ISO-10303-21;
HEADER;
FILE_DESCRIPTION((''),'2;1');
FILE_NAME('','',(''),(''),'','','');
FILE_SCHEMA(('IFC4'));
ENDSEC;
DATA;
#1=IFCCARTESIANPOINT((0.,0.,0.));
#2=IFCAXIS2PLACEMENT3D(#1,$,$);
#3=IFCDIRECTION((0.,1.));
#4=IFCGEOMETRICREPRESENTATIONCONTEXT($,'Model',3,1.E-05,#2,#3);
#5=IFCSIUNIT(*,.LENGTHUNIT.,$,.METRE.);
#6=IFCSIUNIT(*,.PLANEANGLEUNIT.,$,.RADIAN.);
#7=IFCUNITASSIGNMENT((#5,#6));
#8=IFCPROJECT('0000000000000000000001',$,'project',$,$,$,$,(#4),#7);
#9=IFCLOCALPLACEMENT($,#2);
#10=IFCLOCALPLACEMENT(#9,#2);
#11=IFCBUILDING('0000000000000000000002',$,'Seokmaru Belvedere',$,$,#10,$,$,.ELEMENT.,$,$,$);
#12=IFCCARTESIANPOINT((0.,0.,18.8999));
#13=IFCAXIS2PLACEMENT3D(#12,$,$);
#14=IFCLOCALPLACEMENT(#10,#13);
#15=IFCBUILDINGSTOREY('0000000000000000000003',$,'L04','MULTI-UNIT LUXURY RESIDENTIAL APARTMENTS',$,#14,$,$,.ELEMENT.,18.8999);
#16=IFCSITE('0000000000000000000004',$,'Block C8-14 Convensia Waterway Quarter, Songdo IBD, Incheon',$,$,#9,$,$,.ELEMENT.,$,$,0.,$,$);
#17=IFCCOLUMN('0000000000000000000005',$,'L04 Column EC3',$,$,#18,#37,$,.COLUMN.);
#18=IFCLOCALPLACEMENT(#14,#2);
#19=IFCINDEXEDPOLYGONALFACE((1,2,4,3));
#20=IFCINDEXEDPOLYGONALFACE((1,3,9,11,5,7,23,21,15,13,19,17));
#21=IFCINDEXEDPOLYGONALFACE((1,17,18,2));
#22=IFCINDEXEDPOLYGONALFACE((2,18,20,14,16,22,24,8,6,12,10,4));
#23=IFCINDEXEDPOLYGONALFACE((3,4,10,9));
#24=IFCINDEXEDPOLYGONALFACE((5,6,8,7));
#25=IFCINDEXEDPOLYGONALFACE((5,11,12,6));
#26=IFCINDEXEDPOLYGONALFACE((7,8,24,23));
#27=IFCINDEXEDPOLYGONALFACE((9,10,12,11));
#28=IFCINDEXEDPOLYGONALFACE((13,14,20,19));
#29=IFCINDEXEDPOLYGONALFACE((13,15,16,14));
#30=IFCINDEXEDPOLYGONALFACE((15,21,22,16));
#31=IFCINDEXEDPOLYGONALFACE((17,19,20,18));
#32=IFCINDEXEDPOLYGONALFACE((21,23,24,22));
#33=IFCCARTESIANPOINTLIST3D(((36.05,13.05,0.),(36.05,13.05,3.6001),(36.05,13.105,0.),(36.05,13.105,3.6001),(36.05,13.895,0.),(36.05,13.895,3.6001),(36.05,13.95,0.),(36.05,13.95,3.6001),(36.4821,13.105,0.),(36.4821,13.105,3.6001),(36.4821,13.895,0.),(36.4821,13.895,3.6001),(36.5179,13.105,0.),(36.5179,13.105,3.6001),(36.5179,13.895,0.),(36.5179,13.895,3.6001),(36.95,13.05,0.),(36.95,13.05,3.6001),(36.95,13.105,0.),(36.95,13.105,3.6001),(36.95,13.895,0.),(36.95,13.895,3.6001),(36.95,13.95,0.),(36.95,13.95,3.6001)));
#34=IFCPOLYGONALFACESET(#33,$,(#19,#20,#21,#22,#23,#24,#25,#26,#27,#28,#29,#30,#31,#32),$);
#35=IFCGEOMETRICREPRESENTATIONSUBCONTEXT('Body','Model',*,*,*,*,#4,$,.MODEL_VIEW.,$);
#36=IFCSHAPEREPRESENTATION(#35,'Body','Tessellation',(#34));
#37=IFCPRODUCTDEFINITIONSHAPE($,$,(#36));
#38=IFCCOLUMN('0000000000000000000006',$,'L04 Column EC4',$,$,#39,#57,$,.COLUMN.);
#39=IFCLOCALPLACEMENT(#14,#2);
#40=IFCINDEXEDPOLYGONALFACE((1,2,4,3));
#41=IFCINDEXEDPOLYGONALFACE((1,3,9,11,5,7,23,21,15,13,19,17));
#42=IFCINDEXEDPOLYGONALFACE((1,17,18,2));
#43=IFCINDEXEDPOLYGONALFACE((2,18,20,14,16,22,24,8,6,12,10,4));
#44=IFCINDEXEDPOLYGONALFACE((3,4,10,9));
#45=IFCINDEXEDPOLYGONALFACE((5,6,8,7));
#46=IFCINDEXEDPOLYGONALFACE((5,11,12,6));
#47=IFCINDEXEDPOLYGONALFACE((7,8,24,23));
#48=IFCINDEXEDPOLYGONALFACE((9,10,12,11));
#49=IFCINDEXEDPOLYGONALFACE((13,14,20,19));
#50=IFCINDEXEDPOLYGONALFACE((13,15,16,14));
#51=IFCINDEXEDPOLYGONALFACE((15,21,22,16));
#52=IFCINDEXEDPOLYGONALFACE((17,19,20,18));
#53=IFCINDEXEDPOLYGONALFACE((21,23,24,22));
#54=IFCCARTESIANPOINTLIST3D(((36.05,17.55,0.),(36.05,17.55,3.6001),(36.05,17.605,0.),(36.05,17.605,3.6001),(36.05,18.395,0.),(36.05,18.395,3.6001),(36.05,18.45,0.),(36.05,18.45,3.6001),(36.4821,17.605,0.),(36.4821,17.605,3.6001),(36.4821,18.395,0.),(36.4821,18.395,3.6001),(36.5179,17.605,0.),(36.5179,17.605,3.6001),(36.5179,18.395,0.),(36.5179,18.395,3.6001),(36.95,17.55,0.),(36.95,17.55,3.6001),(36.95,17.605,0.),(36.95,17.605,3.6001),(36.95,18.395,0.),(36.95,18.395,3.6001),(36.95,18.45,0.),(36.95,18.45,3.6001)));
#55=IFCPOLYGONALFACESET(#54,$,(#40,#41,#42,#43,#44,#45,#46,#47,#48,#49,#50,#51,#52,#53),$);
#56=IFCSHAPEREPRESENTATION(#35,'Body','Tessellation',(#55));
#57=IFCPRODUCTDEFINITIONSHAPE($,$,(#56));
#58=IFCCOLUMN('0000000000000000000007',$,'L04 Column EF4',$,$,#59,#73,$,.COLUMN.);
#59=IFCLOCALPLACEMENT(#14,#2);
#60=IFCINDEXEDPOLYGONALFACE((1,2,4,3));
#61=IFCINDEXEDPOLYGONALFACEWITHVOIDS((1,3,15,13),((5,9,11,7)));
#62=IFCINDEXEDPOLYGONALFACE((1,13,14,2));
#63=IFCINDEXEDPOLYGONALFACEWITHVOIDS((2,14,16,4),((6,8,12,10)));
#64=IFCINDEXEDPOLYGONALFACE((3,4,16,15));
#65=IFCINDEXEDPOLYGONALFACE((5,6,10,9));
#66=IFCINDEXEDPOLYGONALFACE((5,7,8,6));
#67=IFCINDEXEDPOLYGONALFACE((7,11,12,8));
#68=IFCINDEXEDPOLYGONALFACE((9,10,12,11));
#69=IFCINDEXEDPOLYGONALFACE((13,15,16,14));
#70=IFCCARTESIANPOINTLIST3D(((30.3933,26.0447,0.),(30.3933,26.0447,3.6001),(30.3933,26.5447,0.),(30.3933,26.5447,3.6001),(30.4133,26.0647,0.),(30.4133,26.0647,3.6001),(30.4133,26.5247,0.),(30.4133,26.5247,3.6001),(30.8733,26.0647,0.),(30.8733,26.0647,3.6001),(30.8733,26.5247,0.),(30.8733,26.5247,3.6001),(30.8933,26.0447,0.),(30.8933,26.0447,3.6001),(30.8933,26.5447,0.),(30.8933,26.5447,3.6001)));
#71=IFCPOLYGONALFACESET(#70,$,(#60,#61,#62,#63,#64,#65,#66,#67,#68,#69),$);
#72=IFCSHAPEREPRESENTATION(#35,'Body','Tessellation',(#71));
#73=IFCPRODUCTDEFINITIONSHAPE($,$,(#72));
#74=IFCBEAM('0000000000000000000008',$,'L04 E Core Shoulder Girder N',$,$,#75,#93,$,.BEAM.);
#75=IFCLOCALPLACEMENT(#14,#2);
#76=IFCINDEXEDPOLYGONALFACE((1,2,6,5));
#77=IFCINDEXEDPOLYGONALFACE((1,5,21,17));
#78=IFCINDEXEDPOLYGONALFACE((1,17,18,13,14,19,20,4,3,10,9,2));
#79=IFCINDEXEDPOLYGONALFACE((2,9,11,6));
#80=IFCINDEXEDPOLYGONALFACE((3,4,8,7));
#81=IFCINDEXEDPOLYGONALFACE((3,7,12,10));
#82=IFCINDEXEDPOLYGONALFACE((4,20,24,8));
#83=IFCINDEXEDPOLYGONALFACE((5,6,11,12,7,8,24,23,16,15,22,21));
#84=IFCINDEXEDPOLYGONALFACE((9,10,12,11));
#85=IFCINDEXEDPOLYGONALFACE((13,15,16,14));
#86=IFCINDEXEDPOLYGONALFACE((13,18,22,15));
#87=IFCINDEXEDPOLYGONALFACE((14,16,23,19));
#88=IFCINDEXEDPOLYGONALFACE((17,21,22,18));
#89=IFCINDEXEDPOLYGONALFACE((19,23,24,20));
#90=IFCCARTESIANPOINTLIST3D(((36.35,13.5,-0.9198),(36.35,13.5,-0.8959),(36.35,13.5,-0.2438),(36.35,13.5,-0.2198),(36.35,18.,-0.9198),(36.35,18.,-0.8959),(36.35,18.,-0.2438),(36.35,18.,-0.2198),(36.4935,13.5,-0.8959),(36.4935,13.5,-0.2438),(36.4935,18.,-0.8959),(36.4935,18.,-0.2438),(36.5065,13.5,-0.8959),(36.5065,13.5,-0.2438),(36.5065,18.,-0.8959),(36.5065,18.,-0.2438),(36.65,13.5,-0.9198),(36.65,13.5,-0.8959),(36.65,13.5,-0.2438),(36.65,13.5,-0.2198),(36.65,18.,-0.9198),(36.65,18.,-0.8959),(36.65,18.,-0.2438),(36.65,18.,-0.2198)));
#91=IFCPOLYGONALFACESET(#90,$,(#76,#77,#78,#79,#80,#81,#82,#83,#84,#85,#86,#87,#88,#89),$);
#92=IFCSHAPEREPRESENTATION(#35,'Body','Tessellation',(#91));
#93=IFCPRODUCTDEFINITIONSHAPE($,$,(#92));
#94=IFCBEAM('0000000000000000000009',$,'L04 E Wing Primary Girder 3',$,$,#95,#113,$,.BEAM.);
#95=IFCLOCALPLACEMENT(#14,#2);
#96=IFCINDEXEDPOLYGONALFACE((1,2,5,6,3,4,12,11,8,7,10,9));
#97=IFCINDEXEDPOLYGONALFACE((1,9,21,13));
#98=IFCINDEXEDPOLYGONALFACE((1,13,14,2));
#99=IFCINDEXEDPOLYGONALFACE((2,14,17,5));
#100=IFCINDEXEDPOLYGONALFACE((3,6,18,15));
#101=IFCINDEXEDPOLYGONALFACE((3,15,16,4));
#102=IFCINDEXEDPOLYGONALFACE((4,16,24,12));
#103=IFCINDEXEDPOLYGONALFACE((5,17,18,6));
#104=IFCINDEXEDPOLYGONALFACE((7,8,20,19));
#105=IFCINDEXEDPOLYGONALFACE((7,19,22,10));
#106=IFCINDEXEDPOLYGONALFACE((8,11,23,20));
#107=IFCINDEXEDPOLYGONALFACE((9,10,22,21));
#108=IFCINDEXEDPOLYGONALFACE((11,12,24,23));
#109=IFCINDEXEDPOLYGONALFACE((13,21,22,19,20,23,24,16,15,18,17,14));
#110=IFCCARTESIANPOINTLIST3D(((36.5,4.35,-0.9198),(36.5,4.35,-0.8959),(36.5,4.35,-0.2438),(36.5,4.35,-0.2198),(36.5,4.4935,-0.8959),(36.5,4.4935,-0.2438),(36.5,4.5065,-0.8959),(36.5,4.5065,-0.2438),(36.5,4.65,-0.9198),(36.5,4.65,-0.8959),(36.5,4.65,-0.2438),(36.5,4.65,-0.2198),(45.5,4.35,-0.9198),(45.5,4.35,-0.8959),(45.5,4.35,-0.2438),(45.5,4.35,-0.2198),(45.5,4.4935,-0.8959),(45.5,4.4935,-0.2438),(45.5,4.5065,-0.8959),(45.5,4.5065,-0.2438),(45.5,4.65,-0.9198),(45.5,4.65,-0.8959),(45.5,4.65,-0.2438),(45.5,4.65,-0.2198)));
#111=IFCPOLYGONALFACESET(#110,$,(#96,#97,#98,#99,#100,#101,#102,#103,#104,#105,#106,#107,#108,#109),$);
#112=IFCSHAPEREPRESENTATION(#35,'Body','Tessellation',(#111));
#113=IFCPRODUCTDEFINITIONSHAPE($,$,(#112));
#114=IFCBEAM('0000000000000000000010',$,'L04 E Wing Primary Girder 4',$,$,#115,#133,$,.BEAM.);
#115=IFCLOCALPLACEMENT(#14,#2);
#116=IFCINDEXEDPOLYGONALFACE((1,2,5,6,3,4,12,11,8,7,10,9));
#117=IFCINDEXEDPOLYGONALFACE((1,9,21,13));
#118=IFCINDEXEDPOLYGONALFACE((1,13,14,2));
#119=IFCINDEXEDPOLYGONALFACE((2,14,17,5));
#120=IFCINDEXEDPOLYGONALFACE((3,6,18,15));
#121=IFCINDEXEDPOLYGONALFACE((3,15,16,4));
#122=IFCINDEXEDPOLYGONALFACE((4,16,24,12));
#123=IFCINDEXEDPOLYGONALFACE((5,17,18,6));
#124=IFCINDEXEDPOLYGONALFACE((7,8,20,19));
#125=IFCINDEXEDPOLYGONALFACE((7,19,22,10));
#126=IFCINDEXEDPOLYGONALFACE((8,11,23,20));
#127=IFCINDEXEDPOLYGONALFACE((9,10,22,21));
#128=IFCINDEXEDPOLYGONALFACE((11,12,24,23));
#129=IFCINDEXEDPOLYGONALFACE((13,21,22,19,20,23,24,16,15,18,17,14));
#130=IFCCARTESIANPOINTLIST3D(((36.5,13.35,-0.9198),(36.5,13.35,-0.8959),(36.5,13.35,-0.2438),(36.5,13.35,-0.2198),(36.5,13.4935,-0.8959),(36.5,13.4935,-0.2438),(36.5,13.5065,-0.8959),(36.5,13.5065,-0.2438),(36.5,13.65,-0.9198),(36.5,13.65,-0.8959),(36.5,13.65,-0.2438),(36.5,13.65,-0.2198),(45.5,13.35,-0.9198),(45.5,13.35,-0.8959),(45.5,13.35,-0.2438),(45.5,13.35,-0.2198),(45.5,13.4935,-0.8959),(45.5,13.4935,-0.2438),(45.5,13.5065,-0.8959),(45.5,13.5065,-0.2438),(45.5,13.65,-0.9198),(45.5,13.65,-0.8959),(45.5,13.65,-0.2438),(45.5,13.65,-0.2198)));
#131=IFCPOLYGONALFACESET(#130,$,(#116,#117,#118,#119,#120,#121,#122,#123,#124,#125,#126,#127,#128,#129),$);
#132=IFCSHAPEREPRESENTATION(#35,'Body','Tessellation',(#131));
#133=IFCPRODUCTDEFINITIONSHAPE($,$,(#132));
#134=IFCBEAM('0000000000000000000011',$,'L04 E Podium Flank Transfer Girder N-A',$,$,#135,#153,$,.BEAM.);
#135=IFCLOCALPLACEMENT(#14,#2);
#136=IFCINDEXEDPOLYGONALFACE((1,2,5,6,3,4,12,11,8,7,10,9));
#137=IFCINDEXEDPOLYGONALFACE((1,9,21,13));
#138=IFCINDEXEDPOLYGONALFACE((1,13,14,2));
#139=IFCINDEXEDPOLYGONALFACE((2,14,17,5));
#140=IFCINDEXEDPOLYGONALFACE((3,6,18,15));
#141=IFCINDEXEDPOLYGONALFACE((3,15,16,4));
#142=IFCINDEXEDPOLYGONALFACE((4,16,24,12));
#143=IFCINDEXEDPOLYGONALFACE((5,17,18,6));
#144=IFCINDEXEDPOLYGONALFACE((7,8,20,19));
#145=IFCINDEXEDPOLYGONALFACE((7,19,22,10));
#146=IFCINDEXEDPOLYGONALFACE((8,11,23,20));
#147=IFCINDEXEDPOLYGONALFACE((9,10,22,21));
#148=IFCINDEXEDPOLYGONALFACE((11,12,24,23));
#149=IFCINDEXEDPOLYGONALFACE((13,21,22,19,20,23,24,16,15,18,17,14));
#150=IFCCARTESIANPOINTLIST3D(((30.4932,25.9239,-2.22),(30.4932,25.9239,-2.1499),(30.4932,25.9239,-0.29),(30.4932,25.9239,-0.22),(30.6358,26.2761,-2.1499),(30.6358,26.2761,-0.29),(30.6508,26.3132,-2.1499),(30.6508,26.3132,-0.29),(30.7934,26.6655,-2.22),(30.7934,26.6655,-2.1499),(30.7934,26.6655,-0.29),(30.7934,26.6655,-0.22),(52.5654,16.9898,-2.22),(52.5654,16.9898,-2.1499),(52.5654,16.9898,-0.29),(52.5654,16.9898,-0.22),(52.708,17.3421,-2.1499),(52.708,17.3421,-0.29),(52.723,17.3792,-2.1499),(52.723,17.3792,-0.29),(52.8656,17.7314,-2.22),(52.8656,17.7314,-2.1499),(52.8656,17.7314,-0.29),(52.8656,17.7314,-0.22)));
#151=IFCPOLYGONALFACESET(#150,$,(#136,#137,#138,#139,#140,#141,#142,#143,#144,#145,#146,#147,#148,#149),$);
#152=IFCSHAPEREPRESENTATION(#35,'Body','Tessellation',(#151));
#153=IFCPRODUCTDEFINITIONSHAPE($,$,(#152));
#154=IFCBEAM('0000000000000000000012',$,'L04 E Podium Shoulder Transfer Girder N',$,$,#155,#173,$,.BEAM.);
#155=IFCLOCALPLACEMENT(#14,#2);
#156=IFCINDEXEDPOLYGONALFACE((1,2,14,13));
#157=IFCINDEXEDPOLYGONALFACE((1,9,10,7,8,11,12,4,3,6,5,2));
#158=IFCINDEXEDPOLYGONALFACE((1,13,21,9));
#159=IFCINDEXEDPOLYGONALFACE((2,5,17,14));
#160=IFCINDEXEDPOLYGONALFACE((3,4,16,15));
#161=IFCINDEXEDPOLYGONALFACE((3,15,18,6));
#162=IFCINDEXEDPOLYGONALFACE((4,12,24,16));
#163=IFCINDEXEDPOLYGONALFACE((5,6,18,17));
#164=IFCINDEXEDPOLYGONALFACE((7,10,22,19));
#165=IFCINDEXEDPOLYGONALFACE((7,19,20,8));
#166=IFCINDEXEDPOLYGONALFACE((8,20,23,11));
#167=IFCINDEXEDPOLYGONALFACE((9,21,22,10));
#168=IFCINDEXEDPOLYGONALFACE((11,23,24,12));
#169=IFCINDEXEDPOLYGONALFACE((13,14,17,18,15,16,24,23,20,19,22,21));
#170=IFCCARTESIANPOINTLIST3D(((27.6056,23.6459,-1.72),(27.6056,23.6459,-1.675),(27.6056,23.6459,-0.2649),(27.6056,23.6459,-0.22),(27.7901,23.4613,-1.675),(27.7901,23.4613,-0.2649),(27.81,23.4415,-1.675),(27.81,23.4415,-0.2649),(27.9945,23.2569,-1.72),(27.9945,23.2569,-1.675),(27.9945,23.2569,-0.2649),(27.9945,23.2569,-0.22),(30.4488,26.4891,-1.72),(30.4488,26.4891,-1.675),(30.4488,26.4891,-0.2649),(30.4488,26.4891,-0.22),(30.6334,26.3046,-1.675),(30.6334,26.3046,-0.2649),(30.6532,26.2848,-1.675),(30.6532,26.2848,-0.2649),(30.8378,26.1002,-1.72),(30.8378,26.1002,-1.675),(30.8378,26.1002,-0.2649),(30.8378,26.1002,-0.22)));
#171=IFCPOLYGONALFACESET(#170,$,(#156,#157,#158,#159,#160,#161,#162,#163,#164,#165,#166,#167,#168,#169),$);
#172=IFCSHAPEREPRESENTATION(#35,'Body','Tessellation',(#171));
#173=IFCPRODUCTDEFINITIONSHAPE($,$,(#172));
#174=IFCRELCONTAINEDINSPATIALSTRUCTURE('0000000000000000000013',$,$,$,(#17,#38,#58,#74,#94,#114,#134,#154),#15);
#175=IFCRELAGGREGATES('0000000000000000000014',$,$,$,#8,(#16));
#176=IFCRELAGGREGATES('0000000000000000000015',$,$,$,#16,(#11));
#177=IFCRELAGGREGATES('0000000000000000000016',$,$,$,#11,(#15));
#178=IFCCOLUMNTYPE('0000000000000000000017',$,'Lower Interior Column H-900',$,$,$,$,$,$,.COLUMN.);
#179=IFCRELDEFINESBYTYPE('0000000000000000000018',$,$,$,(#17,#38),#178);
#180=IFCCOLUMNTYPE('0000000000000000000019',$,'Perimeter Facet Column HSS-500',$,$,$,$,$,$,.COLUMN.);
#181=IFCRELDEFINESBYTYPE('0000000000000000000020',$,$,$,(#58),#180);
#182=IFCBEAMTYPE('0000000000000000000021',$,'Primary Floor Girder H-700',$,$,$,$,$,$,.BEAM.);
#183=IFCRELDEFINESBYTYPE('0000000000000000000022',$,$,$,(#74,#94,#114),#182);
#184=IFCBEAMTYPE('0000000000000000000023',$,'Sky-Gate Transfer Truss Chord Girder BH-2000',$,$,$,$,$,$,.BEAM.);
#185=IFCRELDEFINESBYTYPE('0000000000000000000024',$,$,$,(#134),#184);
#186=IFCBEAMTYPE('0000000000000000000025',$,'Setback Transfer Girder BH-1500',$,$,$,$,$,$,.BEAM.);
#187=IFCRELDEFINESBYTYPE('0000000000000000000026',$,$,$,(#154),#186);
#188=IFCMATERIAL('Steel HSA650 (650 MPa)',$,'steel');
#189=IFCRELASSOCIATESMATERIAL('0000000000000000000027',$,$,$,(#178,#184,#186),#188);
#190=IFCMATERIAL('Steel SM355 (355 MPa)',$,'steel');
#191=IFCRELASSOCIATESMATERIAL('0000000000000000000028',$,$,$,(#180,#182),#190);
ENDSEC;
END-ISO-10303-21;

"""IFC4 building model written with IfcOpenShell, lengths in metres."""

from ifc_helpers import new_model, si_unit, direction, frame, origin, origin_2d, place, context, subcontext, project, spatial, hollow_rectangle, i_section, extrude, source, transform, mapped, material, material_profile, profile_set, type_object, type_shapes, element, save


model = new_model("IFC4")

# Units and contexts
model_context = context("Model", 3, precision=1e-05, world=origin(), true_north=direction((0.0, 1.0)))
body_context = subcontext(model_context, "Body", "Model", "MODEL_VIEW")
ifc_project = project(units=[si_unit("LENGTHUNIT", "METRE"), si_unit("PLANEANGLEUNIT", "RADIAN")], contexts=[model_context])

# Site, building, storey
site_placement = place(None, origin())
site = spatial("IfcSite", under=ifc_project, at=site_placement, Name="Block C8-14 Convensia Waterway Quarter, Songdo IBD, Incheon", CompositionType="ELEMENT", RefElevation=0.0)
building_placement = place(site_placement, origin())
building = spatial("IfcBuilding", under=site, at=building_placement, Name="Seokmaru Belvedere", CompositionType="ELEMENT")
storey_placement = place(building_placement, frame((0.0, 0.0, 18.8999)))
storey = spatial("IfcBuildingStorey", under=building, at=storey_placement, Name="L04", Description="MULTI-UNIT LUXURY RESIDENTIAL APARTMENTS", CompositionType="ELEMENT", Elevation=18.8999)

# Columns
ifc_material_1 = material(Name="Steel HSA650 (650 MPa)", Category="steel")
ifc_material_profile_1 = material_profile(ifc_material_1, i_section(OverallWidth=0.8999, OverallDepth=0.8999, WebThickness=0.0359, FlangeThickness=0.0549, at=origin_2d()), Name="H-900x900x36x55")
ifc_profile_set_1 = profile_set([ifc_material_profile_1], Name="Steel HSA650 (650 MPa)")
column_type_1 = type_object("IfcColumnType", Name="Lower Interior Column H-900", PredefinedType="COLUMN", material=ifc_profile_set_1)
shared_shape_1 = source(origin(), body_context, "Body", "SweptSolid", [
    extrude(i_section(OverallWidth=0.8999, OverallDepth=0.8999, WebThickness=0.0359, FlangeThickness=0.0549, at=origin_2d()), origin(), (0.0, 0.0, 1.0), 3.6001),
])
type_shapes(column_type_1, [shared_shape_1])
for number, where, z_axis, x_axis, name in (
    (1, (36.5, 13.5, 0.0), (0.0, 0.0, 1.0), (1.0, 0.0, 0.0), "L04 Column EC3"),
    (2, (36.5, 18.0, 0.0), (0.0, 0.0, 1.0), (1.0, 0.0, 0.0), "L04 Column EC4"),
):
    element("IfcColumn", number, at=place(storey_placement, frame(where, z_axis=z_axis, x_axis=x_axis)), inside=storey, type_object=column_type_1, Name=name, PredefinedType="COLUMN", context=body_context, shape_type="MappedRepresentation", body=[
        mapped(shared_shape_1, transform((0.0, 0.0, 0.0), scale=1.0)),
    ])
ifc_material_2 = material(Name="Steel SM355 (355 MPa)", Category="steel")
ifc_material_profile_2 = material_profile(ifc_material_2, hollow_rectangle(XDim=0.5, YDim=0.5, WallThickness=0.02, at=origin_2d()), Name="HSS-500x500x20")
ifc_profile_set_2 = profile_set([ifc_material_profile_2], Name="Steel SM355 (355 MPa)")
column_type_2 = type_object("IfcColumnType", Name="Perimeter Facet Column HSS-500", PredefinedType="COLUMN", material=ifc_profile_set_2)
shared_shape_2 = source(origin(), body_context, "Body", "SweptSolid", [
    extrude(hollow_rectangle(XDim=0.5, YDim=0.5, WallThickness=0.02, at=origin_2d()), origin(), (0.0, 0.0, 1.0), 3.6001),
])
type_shapes(column_type_2, [shared_shape_2])
column_placement = place(storey_placement, frame((30.6433, 26.2947, 0.0), z_axis=(0.0, 0.0, 1.0), x_axis=(1.0, 0.0, 0.0)))
element("IfcColumn", 3, at=column_placement, inside=storey, type_object=column_type_2, Name="L04 Column EF4", PredefinedType="COLUMN", context=body_context, shape_type="MappedRepresentation", body=[
    mapped(shared_shape_2, transform((0.0, 0.0, 0.0), scale=1.0)),
])

# Beams
ifc_material_profile_3 = material_profile(ifc_material_2, i_section(OverallWidth=0.3, OverallDepth=0.7, WebThickness=0.0129, FlangeThickness=0.0239, at=origin_2d()), Name="H-700x300x13x24")
ifc_profile_set_3 = profile_set([ifc_material_profile_3], Name="Steel SM355 (355 MPa)")
beam_type_1 = type_object("IfcBeamType", Name="Primary Floor Girder H-700", PredefinedType="BEAM", material=ifc_profile_set_3)
shared_shape_3 = source(origin(), body_context, "Body", "SweptSolid", [
    extrude(i_section(OverallWidth=0.3, OverallDepth=0.7, WebThickness=0.0129, FlangeThickness=0.0239, at=origin_2d()), origin(), (0.0, 0.0, 1.0), 4.5),
])
beam_1_placement = place(storey_placement, frame((36.5, 13.5, -0.5698), z_axis=(0.0, 1.0, 0.0), x_axis=(-1.0, 0.0, 0.0)))
element("IfcBeam", 4, at=beam_1_placement, inside=storey, type_object=beam_type_1, Name="L04 E Core Shoulder Girder N", PredefinedType="BEAM", context=body_context, shape_type="MappedRepresentation", body=[
    mapped(shared_shape_3, transform((0.0, 0.0, 0.0), scale=1.0)),
])
shared_shape_4 = source(origin(), body_context, "Body", "SweptSolid", [
    extrude(i_section(OverallWidth=0.3, OverallDepth=0.7, WebThickness=0.0129, FlangeThickness=0.0239, at=origin_2d()), origin(), (0.0, 0.0, 1.0), 9.0),
])
type_shapes(beam_type_1, [shared_shape_3, shared_shape_4])
for number, where, z_axis, x_axis, name in (
    (5, (36.5, 4.5, -0.5698), (1.0, 0.0, 0.0), (0.0, 1.0, 0.0), "L04 E Wing Primary Girder 3"),
    (6, (36.5, 13.5, -0.5698), (1.0, 0.0, 0.0), (0.0, 1.0, 0.0), "L04 E Wing Primary Girder 4"),
):
    element("IfcBeam", number, at=place(storey_placement, frame(where, z_axis=z_axis, x_axis=x_axis)), inside=storey, type_object=beam_type_1, Name=name, PredefinedType="BEAM", context=body_context, shape_type="MappedRepresentation", body=[
        mapped(shared_shape_4, transform((0.0, 0.0, 0.0), scale=1.0)),
    ])
ifc_material_profile_4 = material_profile(ifc_material_1, i_section(OverallWidth=0.8, OverallDepth=2.0, WebThickness=0.04, FlangeThickness=0.0701, at=origin_2d()), Name="BH-2000x800x40x70")
ifc_profile_set_4 = profile_set([ifc_material_profile_4], Name="Steel HSA650 (650 MPa)")
beam_type_2 = type_object("IfcBeamType", Name="Sky-Gate Transfer Truss Chord Girder BH-2000", PredefinedType="BEAM", material=ifc_profile_set_4)
shared_shape_5 = source(origin(), body_context, "Body", "SweptSolid", [
    extrude(i_section(OverallWidth=0.8, OverallDepth=2.0, WebThickness=0.04, FlangeThickness=0.0701, at=origin_2d()), origin(), (0.0, 0.0, 1.0), 23.8118),
])
type_shapes(beam_type_2, [shared_shape_5])
beam_2_placement = place(storey_placement, frame((30.6433, 26.2947, -1.22), z_axis=(0.926946, -0.375195, 0.0), x_axis=(0.375195, 0.926946, 0.0)))
element("IfcBeam", 7, at=beam_2_placement, inside=storey, type_object=beam_type_2, Name="L04 E Podium Flank Transfer Girder N-A", PredefinedType="BEAM", context=body_context, shape_type="MappedRepresentation", body=[
    mapped(shared_shape_5, transform((0.0, 0.0, 0.0), scale=1.0)),
])
ifc_material_profile_5 = material_profile(ifc_material_1, i_section(OverallWidth=0.55, OverallDepth=1.5, WebThickness=0.0281, FlangeThickness=0.0449, at=origin_2d()), Name="BH-1500x550x28x45")
ifc_profile_set_5 = profile_set([ifc_material_profile_5], Name="Steel HSA650 (650 MPa)")
beam_type_3 = type_object("IfcBeamType", Name="Setback Transfer Girder BH-1500", PredefinedType="BEAM", material=ifc_profile_set_5)
shared_shape_6 = source(origin(), body_context, "Body", "SweptSolid", [
    extrude(i_section(OverallWidth=0.55, OverallDepth=1.5, WebThickness=0.0281, FlangeThickness=0.0449, at=origin_2d()), origin(), (0.0, 0.0, 1.0), 4.021),
])
type_shapes(beam_type_3, [shared_shape_6])
beam_3_placement = place(storey_placement, frame((30.6433, 26.2947, -0.97), z_axis=(-0.707107, -0.707107, 0.0), x_axis=(0.707107, -0.707107, 0.0)))
element("IfcBeam", 8, at=beam_3_placement, inside=storey, type_object=beam_type_3, Name="L04 E Podium Shoulder Transfer Girder N", PredefinedType="BEAM", context=body_context, shape_type="MappedRepresentation", body=[
    mapped(shared_shape_6, transform((0.0, 0.0, 0.0), scale=1.0)),
])

save(model, "model.ifc")
